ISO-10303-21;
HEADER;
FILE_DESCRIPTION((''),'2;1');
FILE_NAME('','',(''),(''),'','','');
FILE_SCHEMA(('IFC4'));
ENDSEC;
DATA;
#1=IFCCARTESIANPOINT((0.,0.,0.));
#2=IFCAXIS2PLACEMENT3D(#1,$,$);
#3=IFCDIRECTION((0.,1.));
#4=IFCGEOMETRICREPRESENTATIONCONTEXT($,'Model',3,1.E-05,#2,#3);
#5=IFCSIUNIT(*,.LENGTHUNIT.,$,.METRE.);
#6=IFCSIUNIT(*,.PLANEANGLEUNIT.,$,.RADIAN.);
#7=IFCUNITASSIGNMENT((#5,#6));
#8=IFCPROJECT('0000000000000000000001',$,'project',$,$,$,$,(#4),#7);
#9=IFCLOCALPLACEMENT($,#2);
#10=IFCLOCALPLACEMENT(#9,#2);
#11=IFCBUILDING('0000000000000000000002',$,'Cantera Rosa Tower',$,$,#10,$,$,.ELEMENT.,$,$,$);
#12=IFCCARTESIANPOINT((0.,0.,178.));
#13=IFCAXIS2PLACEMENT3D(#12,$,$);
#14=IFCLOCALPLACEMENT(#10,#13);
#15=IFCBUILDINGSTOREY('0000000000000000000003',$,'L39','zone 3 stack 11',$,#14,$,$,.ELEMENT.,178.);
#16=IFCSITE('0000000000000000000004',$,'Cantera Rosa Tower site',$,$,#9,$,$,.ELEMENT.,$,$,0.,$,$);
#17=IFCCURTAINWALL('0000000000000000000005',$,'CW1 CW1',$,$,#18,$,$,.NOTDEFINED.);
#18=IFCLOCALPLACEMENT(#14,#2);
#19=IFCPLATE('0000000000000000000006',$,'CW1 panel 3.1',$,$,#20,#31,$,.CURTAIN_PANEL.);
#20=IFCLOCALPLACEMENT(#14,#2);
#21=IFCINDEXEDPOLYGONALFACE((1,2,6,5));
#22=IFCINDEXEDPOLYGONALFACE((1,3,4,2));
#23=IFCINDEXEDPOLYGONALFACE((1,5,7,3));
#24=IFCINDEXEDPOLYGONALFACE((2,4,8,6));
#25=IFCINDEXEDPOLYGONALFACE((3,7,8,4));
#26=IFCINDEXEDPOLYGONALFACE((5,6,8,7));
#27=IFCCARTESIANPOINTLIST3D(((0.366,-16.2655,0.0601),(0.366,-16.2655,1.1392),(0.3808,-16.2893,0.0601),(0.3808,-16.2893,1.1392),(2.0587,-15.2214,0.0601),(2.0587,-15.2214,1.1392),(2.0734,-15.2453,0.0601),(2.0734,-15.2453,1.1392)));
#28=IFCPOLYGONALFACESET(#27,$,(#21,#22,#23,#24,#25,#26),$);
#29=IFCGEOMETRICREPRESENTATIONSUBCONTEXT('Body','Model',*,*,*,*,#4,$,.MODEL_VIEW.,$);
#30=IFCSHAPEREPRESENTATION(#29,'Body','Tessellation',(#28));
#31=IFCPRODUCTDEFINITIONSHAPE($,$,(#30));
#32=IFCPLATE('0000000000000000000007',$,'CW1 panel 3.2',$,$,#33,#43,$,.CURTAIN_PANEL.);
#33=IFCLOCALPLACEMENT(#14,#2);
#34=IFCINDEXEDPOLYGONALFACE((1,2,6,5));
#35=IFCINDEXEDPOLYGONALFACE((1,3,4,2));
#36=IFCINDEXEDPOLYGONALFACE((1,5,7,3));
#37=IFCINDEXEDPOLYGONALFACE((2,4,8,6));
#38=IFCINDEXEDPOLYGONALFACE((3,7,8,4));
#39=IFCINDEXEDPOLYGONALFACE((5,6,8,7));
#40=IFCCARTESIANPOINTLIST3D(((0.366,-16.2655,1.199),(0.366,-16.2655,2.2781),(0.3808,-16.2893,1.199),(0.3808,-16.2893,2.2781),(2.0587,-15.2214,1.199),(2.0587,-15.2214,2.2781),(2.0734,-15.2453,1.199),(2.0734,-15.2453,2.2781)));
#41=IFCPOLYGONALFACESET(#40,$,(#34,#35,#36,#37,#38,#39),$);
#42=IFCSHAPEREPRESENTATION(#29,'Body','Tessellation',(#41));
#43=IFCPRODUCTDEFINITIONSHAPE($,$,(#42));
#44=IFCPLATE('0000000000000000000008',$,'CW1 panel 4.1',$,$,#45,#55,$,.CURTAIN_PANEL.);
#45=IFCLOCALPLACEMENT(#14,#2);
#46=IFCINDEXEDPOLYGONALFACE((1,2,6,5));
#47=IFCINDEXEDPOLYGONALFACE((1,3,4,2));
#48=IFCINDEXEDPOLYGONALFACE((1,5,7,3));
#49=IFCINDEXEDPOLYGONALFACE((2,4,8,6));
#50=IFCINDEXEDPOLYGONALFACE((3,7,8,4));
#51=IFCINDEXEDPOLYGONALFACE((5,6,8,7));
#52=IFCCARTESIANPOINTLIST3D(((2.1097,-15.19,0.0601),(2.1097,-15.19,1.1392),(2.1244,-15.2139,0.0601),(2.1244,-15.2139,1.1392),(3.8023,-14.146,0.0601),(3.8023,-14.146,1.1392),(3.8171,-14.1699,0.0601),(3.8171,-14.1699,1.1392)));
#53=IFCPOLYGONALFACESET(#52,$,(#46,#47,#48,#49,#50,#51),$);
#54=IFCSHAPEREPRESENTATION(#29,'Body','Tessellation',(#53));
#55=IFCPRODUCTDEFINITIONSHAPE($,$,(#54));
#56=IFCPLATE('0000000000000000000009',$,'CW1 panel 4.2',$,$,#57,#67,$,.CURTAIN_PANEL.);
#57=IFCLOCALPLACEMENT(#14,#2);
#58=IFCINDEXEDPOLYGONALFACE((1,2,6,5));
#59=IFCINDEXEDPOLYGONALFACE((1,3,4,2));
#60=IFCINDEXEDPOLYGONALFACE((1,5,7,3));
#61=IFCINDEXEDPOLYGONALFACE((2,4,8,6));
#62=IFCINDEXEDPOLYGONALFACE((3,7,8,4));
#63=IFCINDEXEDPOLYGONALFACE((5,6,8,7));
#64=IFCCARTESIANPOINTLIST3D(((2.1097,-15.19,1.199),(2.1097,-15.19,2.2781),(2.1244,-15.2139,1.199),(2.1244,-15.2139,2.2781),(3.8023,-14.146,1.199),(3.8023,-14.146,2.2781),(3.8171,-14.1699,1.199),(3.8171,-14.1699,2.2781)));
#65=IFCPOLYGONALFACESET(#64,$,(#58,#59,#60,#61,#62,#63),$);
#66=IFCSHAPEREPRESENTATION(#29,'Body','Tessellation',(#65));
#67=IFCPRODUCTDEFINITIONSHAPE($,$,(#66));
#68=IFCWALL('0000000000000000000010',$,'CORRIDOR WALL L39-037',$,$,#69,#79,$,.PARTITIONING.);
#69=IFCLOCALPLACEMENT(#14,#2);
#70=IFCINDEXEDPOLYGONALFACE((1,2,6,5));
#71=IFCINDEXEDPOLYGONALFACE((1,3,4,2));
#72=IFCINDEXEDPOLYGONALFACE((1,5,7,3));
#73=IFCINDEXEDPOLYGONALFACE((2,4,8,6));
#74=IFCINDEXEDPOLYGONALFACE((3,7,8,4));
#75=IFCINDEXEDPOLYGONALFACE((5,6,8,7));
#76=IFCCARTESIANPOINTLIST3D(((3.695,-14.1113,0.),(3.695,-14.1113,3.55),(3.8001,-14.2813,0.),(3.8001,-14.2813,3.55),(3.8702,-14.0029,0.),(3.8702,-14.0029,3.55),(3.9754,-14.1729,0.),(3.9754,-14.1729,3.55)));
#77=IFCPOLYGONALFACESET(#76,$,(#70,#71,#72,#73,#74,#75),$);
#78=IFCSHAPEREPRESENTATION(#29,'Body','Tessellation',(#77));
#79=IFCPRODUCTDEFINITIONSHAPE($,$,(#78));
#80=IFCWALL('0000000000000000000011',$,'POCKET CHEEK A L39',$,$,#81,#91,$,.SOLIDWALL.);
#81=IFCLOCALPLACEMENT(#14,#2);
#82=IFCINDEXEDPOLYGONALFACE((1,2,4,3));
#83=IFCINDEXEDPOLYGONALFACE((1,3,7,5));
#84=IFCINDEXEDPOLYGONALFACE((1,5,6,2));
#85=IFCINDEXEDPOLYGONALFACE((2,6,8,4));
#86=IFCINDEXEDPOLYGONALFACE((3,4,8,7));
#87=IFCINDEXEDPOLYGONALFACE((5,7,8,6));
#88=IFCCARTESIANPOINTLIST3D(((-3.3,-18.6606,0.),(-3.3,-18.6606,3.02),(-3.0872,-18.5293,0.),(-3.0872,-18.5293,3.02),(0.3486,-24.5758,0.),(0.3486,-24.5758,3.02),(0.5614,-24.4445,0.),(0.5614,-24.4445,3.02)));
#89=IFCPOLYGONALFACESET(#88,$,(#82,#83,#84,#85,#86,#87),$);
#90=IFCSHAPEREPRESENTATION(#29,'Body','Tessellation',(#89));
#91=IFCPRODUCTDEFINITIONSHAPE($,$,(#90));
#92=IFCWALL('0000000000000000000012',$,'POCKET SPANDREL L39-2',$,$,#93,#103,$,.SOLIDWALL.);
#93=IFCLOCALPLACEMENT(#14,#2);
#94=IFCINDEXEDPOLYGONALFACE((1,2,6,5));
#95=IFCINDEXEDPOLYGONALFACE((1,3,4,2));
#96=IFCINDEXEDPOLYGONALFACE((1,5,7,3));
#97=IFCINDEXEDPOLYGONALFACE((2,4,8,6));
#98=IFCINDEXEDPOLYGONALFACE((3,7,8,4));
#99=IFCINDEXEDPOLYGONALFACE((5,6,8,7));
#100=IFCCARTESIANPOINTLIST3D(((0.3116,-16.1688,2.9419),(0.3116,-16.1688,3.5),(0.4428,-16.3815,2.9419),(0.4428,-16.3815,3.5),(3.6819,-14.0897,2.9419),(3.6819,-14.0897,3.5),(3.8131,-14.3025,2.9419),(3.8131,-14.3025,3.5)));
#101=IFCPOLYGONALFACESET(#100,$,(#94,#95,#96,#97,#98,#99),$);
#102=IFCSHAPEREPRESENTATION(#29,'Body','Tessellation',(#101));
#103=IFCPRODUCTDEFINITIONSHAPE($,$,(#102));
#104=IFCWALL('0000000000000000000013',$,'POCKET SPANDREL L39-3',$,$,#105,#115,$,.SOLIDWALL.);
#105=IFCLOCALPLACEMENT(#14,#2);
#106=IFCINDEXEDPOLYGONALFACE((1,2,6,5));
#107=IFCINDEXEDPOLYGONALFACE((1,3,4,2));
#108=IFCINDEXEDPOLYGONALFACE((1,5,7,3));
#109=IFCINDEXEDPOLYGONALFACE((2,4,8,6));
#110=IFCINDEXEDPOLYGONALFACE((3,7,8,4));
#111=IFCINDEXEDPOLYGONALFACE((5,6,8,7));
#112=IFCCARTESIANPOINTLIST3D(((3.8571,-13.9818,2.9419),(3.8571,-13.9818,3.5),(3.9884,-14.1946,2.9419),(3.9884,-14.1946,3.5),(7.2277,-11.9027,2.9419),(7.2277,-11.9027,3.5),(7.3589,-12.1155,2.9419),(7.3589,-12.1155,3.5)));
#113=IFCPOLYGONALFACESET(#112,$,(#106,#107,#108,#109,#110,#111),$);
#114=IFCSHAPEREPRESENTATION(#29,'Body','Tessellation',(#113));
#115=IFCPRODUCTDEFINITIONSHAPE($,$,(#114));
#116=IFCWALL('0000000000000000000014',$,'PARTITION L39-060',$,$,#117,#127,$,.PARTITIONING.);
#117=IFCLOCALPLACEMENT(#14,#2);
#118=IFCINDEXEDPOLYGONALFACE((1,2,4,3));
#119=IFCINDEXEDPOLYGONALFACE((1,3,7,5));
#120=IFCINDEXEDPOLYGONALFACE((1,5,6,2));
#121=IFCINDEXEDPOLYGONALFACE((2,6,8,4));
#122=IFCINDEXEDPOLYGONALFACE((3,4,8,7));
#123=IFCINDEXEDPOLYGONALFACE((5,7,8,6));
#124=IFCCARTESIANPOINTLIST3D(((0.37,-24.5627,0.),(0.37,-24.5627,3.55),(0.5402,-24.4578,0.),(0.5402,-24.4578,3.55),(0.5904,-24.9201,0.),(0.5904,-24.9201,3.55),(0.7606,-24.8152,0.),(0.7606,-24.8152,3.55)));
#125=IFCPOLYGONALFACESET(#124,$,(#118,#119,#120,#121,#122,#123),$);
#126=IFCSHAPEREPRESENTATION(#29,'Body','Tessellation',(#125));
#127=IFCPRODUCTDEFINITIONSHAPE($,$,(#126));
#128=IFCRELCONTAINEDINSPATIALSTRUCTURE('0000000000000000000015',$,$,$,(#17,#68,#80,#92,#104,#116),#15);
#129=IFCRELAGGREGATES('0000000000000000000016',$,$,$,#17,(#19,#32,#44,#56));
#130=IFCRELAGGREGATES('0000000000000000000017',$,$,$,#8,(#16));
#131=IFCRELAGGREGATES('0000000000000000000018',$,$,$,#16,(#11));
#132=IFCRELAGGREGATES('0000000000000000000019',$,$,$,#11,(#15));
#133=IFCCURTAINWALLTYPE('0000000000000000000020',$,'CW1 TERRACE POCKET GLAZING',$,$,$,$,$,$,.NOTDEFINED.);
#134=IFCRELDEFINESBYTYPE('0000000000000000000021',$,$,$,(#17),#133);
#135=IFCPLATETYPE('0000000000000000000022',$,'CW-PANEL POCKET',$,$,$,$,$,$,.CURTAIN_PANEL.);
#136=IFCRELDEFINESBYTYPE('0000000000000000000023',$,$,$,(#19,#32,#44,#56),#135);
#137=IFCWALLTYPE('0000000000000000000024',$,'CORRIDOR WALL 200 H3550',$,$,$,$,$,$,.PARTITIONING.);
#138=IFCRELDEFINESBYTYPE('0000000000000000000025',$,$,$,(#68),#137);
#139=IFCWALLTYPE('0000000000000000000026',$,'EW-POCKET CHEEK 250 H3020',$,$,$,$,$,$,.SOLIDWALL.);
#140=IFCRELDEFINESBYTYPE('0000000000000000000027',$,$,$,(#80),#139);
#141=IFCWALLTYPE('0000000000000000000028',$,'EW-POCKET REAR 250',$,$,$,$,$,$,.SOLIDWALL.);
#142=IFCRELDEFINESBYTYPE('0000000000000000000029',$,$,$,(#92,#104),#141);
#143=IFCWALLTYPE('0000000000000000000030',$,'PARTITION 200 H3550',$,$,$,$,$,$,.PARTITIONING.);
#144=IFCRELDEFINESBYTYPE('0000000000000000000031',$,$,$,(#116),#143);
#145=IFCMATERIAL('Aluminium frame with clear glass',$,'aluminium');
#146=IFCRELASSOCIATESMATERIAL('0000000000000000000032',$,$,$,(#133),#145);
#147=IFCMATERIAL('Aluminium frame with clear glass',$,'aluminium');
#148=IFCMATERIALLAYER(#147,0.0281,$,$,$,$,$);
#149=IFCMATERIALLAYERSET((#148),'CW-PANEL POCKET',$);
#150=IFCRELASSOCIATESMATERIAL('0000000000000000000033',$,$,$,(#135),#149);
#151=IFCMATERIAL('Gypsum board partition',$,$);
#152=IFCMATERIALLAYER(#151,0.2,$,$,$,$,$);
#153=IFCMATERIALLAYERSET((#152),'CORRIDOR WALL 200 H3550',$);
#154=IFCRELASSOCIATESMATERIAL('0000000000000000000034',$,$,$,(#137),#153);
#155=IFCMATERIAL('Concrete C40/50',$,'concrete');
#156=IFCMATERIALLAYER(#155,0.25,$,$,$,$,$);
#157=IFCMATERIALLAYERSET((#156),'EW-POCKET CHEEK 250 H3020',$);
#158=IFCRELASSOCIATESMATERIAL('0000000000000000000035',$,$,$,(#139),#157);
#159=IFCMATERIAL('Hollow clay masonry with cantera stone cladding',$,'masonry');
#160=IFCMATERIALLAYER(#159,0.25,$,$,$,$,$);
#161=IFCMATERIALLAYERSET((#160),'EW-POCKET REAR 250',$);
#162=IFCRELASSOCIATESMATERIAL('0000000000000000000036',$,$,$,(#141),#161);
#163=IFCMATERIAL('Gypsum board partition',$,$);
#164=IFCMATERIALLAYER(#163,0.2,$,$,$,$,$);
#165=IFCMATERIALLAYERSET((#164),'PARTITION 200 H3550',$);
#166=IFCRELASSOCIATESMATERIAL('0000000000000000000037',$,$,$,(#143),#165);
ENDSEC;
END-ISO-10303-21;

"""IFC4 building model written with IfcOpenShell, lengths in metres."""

from ifc_helpers import new_model, si_unit, direction, frame, frame_2d, origin, origin_2d, place, context, subcontext, project, spatial, rectangle, extrude, material, layer, layer_set, type_object, element, aggregate, save


model = new_model("IFC4")

# Units and contexts
model_context = context("Model", 3, precision=1e-05, world=origin(), true_north=direction((0.0, 1.0)))
body_context = subcontext(model_context, "Body", "Model", "MODEL_VIEW")
ifc_project = project(units=[si_unit("LENGTHUNIT", "METRE"), si_unit("PLANEANGLEUNIT", "RADIAN")], contexts=[model_context])

# Site, building, storey
site_placement = place(None, origin())
site = spatial("IfcSite", under=ifc_project, at=site_placement, Name="Cantera Rosa Tower site", CompositionType="ELEMENT", RefElevation=0.0)
building_placement = place(site_placement, origin())
building = spatial("IfcBuilding", under=site, at=building_placement, Name="Cantera Rosa Tower", CompositionType="ELEMENT")
storey_placement = place(building_placement, frame((0.0, 0.0, 178.0)))
storey = spatial("IfcBuildingStorey", under=building, at=storey_placement, Name="L39", Description="zone 3 stack 11", CompositionType="ELEMENT", Elevation=178.0)

# Curtain wall
ifc_material_1 = material(Name="Aluminium frame with clear glass", Category="aluminium")
curtain_wall_type = type_object("IfcCurtainWallType", Name="CW1 TERRACE POCKET GLAZING", PredefinedType="NOTDEFINED", material=ifc_material_1)
curtain_wall_placement = place(storey_placement, origin())
curtain_wall = element("IfcCurtainWall", 1, at=curtain_wall_placement, inside=storey, type_object=curtain_wall_type, Name="CW1 CW1", PredefinedType="NOTDEFINED")

# Plates
ifc_material_2 = material(Name="Aluminium frame with clear glass", Category="aluminium")
ifc_layer_1 = layer(ifc_material_2, 0.0281)
ifc_layer_set_1 = layer_set([ifc_layer_1], Name="CW-PANEL POCKET")
plate_type = type_object("IfcPlateType", Name="CW-PANEL POCKET", PredefinedType="CURTAIN_PANEL", material=ifc_layer_set_1)
plate_1_placement = place(storey_placement, frame((1.2197, -15.7554, 0.0601), z_axis=(0.0, 0.0, 1.0), x_axis=(0.851117, 0.524977, 0.0)))
plate_1 = element("IfcPlate", 2, at=plate_1_placement, type_object=plate_type, Name="CW1 panel 3.1", PredefinedType="CURTAIN_PANEL", context=body_context, shape_type="SweptSolid", body=[
    extrude(rectangle(XDim=1.9888, YDim=0.0281, at=origin_2d()), origin(), (0.0, 0.0, 1.0), 1.0791),
])
plate_2_placement = place(storey_placement, frame((1.2197, -15.7554, 1.199), z_axis=(0.0, 0.0, 1.0), x_axis=(0.851117, 0.524977, 0.0)))
plate_2 = element("IfcPlate", 3, at=plate_2_placement, type_object=plate_type, Name="CW1 panel 3.2", PredefinedType="CURTAIN_PANEL", context=body_context, shape_type="SweptSolid", body=[
    extrude(rectangle(XDim=1.9888, YDim=0.0281, at=origin_2d()), origin(), (0.0, 0.0, 1.0), 1.0791),
])
plate_3_placement = place(storey_placement, frame((2.9634, -14.6799, 0.0601), z_axis=(0.0, 0.0, 1.0), x_axis=(0.851117, 0.524977, 0.0)))
plate_3 = element("IfcPlate", 4, at=plate_3_placement, type_object=plate_type, Name="CW1 panel 4.1", PredefinedType="CURTAIN_PANEL", context=body_context, shape_type="SweptSolid", body=[
    extrude(rectangle(XDim=1.9888, YDim=0.0281, at=origin_2d()), origin(), (0.0, 0.0, 1.0), 1.0791),
])
plate_4_placement = place(storey_placement, frame((2.9634, -14.6799, 1.199), z_axis=(0.0, 0.0, 1.0), x_axis=(0.851117, 0.524977, 0.0)))
plate_4 = element("IfcPlate", 5, at=plate_4_placement, type_object=plate_type, Name="CW1 panel 4.2", PredefinedType="CURTAIN_PANEL", context=body_context, shape_type="SweptSolid", body=[
    extrude(rectangle(XDim=1.9888, YDim=0.0281, at=origin_2d()), origin(), (0.0, 0.0, 1.0), 1.0791),
])
aggregate(curtain_wall, [plate_1, plate_2, plate_3, plate_4])

# Walls
ifc_material_3 = material(Name="Gypsum board partition")
ifc_layer_2 = layer(ifc_material_3, 0.2)
ifc_layer_set_2 = layer_set([ifc_layer_2], Name="CORRIDOR WALL 200 H3550")
wall_type_1 = type_object("IfcWallType", Name="CORRIDOR WALL 200 H3550", PredefinedType="PARTITIONING", material=ifc_layer_set_2)
wall_1_placement = place(storey_placement, frame((3.7476, -14.1963, 0.0), z_axis=(0.0, 0.0, 1.0), x_axis=(0.850517, 0.525947, 0.0)))
element("IfcWall", 6, at=wall_1_placement, inside=storey, type_object=wall_type_1, Name="CORRIDOR WALL L39-037", PredefinedType="PARTITIONING", context=body_context, shape_type="SweptSolid", body=[
    extrude(rectangle(XDim=0.2061, YDim=0.2, at=frame_2d((0.103, 0.0))), origin(), (0.0, 0.0, 1.0), 3.55),
])
ifc_material_4 = material(Name="Concrete C40/50", Category="concrete")
ifc_layer_3 = layer(ifc_material_4, 0.25)
ifc_layer_set_3 = layer_set([ifc_layer_3], Name="EW-POCKET CHEEK 250 H3020")
wall_type_2 = type_object("IfcWallType", Name="EW-POCKET CHEEK 250 H3020", PredefinedType="SOLIDWALL", material=ifc_layer_set_3)
wall_2_placement = place(storey_placement, frame((0.4551, -24.5103, 0.0), z_axis=(0.0, 0.0, 1.0), x_axis=(-0.524985, 0.851111, 0.0)))
element("IfcWall", 7, at=wall_2_placement, inside=storey, type_object=wall_type_2, Name="POCKET CHEEK A L39", PredefinedType="SOLIDWALL", context=body_context, shape_type="SweptSolid", body=[
    extrude(rectangle(XDim=6.95, YDim=0.25, at=frame_2d((3.4751, 0.0))), origin(), (0.0, 0.0, 1.0), 3.02),
])
ifc_material_5 = material(Name="Hollow clay masonry with cantera stone cladding", Category="masonry")
ifc_layer_4 = layer(ifc_material_5, 0.25)
ifc_layer_set_4 = layer_set([ifc_layer_4], Name="EW-POCKET REAR 250")
wall_type_3 = type_object("IfcWallType", Name="EW-POCKET REAR 250", PredefinedType="SOLIDWALL", material=ifc_layer_set_4)
wall_3_placement = place(storey_placement, frame((0.3772, -16.2751, 2.9419), z_axis=(0.0, 0.0, 1.0), x_axis=(0.851091, 0.525019, 0.0)))
element("IfcWall", 8, at=wall_3_placement, inside=storey, type_object=wall_type_3, Name="POCKET SPANDREL L39-2", PredefinedType="SOLIDWALL", context=body_context, shape_type="SweptSolid", body=[
    extrude(rectangle(XDim=3.96, YDim=0.25, at=frame_2d((1.98, 0.0))), origin(), (0.0, 0.0, 1.0), 0.5581),
])
wall_4_placement = place(storey_placement, frame((3.9229, -14.0881, 2.9419), z_axis=(0.0, 0.0, 1.0), x_axis=(0.851108, 0.524991, 0.0)))
element("IfcWall", 9, at=wall_4_placement, inside=storey, type_object=wall_type_3, Name="POCKET SPANDREL L39-3", PredefinedType="SOLIDWALL", context=body_context, shape_type="SweptSolid", body=[
    extrude(rectangle(XDim=3.9602, YDim=0.25, at=frame_2d((1.98, 0.0))), origin(), (0.0, 0.0, 1.0), 0.5581),
])
ifc_material_6 = material(Name="Gypsum board partition")
ifc_layer_5 = layer(ifc_material_6, 0.2)
ifc_layer_set_5 = layer_set([ifc_layer_5], Name="PARTITION 200 H3550")
wall_type_4 = type_object("IfcWallType", Name="PARTITION 200 H3550", PredefinedType="PARTITIONING", material=ifc_layer_set_5)
wall_5_placement = place(storey_placement, frame((0.4551, -24.5103, 0.0), z_axis=(0.0, 0.0, 1.0), x_axis=(0.524973, -0.851119, 0.0)))
element("IfcWall", 10, at=wall_5_placement, inside=storey, type_object=wall_type_4, Name="PARTITION L39-060", PredefinedType="PARTITIONING", context=body_context, shape_type="SweptSolid", body=[
    extrude(rectangle(XDim=0.4199, YDim=0.2, at=frame_2d((0.21, 0.0))), origin(), (0.0, 0.0, 1.0), 3.55),
])

save(model, "model.ifc")
